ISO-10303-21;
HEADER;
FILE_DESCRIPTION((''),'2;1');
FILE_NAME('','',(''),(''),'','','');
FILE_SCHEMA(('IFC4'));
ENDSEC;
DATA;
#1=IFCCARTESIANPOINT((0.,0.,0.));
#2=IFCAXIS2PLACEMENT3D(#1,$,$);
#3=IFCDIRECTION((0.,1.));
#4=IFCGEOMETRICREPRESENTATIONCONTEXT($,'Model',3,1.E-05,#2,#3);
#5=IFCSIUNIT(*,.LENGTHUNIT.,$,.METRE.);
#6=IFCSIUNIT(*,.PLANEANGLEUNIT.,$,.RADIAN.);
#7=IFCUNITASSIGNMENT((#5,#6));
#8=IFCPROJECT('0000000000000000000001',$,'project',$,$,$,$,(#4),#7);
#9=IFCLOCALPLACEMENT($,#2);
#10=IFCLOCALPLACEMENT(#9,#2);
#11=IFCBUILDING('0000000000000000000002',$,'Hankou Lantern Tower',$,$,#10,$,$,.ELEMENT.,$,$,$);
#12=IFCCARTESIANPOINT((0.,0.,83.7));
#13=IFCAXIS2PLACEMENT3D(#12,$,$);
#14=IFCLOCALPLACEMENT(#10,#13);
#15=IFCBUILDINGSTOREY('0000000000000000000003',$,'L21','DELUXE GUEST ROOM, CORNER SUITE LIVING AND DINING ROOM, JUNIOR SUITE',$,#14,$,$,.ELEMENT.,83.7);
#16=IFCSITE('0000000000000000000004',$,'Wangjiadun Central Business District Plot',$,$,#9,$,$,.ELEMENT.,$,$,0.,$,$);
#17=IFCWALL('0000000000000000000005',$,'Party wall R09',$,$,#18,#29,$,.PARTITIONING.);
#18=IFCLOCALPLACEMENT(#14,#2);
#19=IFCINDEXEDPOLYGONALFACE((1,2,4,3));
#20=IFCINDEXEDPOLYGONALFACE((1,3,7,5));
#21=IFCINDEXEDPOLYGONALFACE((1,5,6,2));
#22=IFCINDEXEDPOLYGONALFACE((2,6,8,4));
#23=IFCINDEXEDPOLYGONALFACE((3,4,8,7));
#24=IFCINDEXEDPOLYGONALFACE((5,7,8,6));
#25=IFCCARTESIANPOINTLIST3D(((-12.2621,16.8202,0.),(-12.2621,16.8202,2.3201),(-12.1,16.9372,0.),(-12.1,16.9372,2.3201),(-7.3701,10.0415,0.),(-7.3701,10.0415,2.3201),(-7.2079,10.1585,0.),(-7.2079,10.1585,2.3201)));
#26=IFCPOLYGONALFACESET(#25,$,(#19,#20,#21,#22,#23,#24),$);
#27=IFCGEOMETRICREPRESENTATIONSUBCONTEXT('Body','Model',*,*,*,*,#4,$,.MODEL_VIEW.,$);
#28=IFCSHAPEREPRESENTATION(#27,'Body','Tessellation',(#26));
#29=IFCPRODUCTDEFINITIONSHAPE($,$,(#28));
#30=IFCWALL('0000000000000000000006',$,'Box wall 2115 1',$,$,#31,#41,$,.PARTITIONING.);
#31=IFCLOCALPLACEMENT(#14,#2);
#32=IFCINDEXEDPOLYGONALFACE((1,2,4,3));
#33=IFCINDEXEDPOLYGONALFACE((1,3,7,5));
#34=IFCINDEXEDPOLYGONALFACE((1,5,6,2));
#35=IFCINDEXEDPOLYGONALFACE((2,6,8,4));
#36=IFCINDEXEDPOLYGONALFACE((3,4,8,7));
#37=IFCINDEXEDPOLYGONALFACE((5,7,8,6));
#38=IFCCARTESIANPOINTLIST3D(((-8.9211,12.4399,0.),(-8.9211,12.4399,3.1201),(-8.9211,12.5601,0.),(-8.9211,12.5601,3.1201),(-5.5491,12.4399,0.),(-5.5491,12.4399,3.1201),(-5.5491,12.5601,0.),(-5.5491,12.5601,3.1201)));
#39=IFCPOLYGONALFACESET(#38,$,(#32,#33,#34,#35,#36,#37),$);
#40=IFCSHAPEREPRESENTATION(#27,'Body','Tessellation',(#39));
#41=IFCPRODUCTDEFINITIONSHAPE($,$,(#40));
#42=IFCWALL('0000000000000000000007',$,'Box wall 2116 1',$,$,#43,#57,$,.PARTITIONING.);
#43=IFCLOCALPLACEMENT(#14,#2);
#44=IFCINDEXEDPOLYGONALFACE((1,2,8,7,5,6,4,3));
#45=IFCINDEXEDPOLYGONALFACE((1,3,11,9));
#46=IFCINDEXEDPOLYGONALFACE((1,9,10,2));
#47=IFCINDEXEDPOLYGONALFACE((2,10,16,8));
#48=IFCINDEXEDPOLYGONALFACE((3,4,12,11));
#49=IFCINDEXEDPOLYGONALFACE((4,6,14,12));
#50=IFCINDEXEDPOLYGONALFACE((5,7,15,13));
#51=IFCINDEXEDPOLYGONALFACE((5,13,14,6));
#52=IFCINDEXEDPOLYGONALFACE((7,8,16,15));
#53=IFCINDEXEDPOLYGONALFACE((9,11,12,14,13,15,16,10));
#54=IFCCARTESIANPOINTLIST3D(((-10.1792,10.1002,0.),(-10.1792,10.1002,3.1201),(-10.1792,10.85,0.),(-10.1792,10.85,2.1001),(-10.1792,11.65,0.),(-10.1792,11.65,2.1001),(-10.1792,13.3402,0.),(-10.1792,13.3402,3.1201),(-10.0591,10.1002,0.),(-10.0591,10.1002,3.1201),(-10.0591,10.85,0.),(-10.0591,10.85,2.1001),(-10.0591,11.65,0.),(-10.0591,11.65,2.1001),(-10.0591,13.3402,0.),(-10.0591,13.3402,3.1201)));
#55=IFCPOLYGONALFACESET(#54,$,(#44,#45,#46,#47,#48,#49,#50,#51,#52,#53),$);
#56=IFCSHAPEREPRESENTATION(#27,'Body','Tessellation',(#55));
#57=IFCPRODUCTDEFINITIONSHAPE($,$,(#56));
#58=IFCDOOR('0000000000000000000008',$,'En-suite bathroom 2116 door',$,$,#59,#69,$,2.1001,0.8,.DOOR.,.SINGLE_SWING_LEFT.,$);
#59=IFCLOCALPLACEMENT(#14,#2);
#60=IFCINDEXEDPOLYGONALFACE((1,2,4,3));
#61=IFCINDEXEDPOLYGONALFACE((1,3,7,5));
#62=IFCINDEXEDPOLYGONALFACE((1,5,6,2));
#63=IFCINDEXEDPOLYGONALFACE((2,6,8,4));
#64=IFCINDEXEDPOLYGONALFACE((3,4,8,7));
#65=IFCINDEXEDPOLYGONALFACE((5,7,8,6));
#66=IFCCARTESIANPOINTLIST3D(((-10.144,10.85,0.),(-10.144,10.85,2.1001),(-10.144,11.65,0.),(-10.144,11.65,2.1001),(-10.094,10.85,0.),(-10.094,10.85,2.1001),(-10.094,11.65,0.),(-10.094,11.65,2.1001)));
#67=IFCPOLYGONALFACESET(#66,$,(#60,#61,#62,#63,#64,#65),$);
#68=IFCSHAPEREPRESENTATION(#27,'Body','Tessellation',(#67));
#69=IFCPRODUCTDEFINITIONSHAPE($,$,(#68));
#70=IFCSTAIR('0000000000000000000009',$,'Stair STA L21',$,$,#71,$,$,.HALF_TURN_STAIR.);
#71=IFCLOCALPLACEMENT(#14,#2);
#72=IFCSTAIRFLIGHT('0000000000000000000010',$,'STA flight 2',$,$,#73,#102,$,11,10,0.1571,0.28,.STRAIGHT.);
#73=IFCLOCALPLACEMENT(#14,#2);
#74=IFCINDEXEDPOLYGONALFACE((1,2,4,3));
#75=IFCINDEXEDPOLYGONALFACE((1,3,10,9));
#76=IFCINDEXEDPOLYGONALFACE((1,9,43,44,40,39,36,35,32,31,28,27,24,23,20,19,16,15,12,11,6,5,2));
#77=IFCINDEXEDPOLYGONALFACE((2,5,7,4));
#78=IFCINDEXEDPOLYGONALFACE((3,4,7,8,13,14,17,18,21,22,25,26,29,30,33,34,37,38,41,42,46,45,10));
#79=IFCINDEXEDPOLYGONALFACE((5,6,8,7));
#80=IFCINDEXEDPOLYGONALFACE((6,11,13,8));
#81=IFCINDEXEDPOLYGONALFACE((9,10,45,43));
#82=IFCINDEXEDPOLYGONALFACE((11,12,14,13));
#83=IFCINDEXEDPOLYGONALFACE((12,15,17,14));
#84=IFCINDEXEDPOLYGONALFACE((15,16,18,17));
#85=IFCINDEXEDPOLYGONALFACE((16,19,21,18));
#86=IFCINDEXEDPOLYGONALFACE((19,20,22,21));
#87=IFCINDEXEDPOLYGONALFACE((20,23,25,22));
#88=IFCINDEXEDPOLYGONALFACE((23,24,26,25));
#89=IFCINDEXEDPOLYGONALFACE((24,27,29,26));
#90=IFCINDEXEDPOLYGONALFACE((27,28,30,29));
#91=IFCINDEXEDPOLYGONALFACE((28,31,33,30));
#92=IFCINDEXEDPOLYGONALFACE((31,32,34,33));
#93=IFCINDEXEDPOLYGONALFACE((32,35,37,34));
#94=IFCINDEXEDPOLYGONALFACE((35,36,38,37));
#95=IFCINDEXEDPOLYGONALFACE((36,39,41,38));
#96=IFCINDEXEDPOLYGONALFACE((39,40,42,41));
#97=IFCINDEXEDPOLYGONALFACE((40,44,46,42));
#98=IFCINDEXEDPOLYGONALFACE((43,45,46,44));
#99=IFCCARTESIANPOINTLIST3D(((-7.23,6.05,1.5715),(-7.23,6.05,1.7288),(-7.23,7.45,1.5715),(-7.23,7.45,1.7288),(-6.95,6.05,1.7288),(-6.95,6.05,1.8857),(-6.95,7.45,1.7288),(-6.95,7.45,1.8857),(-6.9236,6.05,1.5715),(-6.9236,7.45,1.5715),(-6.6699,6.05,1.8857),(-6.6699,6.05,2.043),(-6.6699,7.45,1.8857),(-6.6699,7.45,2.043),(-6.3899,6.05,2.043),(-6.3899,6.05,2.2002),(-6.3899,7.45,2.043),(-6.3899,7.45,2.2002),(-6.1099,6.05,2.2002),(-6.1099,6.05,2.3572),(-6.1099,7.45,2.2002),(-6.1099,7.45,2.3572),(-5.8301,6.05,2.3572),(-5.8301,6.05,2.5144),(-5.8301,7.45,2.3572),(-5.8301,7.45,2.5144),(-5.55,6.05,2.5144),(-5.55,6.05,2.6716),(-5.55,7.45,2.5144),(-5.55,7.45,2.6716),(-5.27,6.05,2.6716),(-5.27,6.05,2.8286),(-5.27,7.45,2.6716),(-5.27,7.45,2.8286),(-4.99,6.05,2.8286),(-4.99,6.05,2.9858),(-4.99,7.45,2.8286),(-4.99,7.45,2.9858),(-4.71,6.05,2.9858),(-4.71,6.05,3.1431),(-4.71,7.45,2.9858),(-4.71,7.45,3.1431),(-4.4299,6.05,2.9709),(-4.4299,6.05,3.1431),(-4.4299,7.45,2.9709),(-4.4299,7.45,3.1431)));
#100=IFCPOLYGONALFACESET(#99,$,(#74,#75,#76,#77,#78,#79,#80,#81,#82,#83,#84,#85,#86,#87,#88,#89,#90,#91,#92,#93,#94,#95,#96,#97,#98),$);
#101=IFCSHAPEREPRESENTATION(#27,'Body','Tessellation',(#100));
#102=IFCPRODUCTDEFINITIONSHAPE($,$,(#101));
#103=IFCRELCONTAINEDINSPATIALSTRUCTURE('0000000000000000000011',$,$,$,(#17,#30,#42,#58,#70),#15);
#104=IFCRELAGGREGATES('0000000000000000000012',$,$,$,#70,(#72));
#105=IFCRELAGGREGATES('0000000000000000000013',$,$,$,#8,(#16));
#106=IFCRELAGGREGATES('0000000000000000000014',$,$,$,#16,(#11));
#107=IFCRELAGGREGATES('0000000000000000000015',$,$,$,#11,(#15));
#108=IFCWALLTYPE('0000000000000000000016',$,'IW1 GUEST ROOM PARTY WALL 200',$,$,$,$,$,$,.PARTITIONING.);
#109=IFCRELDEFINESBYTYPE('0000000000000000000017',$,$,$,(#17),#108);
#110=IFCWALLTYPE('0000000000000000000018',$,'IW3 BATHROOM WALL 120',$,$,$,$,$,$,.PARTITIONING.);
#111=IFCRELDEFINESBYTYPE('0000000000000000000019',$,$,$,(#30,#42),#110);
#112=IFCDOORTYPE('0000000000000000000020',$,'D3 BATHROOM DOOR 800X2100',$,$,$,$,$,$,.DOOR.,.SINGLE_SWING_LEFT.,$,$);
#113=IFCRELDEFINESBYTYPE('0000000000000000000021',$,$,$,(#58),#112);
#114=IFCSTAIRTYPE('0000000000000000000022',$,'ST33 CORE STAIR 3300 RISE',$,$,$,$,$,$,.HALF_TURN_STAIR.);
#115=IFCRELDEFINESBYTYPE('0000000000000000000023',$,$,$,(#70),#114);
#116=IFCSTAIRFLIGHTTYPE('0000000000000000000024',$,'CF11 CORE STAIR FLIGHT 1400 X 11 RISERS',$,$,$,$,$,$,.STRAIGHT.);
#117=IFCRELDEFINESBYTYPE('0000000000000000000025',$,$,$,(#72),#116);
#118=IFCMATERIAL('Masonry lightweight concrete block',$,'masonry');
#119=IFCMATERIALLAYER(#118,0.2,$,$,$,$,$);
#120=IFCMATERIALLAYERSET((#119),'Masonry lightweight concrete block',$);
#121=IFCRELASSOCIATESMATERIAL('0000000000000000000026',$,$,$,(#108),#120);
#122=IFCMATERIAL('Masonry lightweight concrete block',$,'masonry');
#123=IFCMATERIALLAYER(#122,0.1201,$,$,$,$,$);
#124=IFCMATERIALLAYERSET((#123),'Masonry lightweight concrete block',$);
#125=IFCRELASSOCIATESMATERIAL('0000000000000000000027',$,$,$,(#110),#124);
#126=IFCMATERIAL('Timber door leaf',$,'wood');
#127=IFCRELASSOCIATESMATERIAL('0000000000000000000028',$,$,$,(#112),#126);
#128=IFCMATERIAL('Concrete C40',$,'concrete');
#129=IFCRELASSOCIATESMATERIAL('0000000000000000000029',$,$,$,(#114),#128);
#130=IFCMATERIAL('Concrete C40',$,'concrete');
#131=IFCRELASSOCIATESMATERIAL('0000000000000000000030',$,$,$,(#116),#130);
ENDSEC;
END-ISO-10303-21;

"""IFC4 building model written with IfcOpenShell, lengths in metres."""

from ifc_helpers import new_model, si_unit, direction, frame, frame_2d, origin, place, context, subcontext, project, spatial, polyline, rectangle, outline, extrude, material, layer, layer_set, type_object, element, fill, aggregate, save


model = new_model("IFC4")

# Units and contexts
model_context = context("Model", 3, precision=1e-05, world=origin(), true_north=direction((0.0, 1.0)))
body_context = subcontext(model_context, "Body", "Model", "MODEL_VIEW")
ifc_project = project(units=[si_unit("LENGTHUNIT", "METRE"), si_unit("PLANEANGLEUNIT", "RADIAN")], contexts=[model_context])

# Site, building, storey
site_placement = place(None, origin())
site = spatial("IfcSite", under=ifc_project, at=site_placement, Name="Wangjiadun Central Business District Plot", CompositionType="ELEMENT", RefElevation=0.0)
building_placement = place(site_placement, origin())
building = spatial("IfcBuilding", under=site, at=building_placement, Name="Hankou Lantern Tower", CompositionType="ELEMENT")
storey_placement = place(building_placement, frame((0.0, 0.0, 83.7)))
storey = spatial("IfcBuildingStorey", under=building, at=storey_placement, Name="L21", Description="DELUXE GUEST ROOM, CORNER SUITE LIVING AND DINING ROOM, JUNIOR SUITE", CompositionType="ELEMENT", Elevation=83.7)

# Walls
ifc_material_1 = material(Name="Masonry lightweight concrete block", Category="masonry")
ifc_layer_1 = layer(ifc_material_1, 0.2)
ifc_layer_set_1 = layer_set([ifc_layer_1], Name="Masonry lightweight concrete block")
wall_type_1 = type_object("IfcWallType", Name="IW1 GUEST ROOM PARTY WALL 200", PredefinedType="PARTITIONING", material=ifc_layer_set_1)
wall_1_placement = place(storey_placement, frame((-7.2891, 10.1001, 0.0), z_axis=(0.0, 0.0, 1.0), x_axis=(-0.585198, 0.81089, 0.0)))
element("IfcWall", 1, at=wall_1_placement, inside=storey, type_object=wall_type_1, Name="Party wall R09", PredefinedType="PARTITIONING", context=body_context, shape_type="SweptSolid", body=[
    extrude(rectangle(XDim=8.3596, YDim=0.2, at=frame_2d((4.1797, 0.0))), origin(), (0.0, 0.0, 1.0), 2.3201),
])
ifc_material_2 = material(Name="Masonry lightweight concrete block", Category="masonry")
ifc_layer_2 = layer(ifc_material_2, 0.1201)
ifc_layer_set_2 = layer_set([ifc_layer_2], Name="Masonry lightweight concrete block")
wall_type_2 = type_object("IfcWallType", Name="IW3 BATHROOM WALL 120", PredefinedType="PARTITIONING", material=ifc_layer_set_2)
wall_2_placement = place(storey_placement, frame((-8.9211, 12.5, 0.0), z_axis=(0.0, 0.0, 1.0), x_axis=(1.0, 0.0, 0.0)))
element("IfcWall", 2, at=wall_2_placement, inside=storey, type_object=wall_type_2, Name="Box wall 2115 1", PredefinedType="PARTITIONING", context=body_context, shape_type="SweptSolid", body=[
    extrude(rectangle(XDim=3.3721, YDim=0.1201, at=frame_2d((1.686, 0.0))), origin(), (0.0, 0.0, 1.0), 3.1201),
])

# Wall, opening, door
wall_3_placement = place(storey_placement, frame((-10.1191, 10.1001, 0.0), z_axis=(0.0, 0.0, 1.0), x_axis=(0.0, 1.0, 0.0)))
wall_3 = element("IfcWall", 3, at=wall_3_placement, inside=storey, type_object=wall_type_2, Name="Box wall 2116 1", PredefinedType="PARTITIONING", context=body_context, shape_type="SweptSolid", body=[
    extrude(rectangle(XDim=3.24, YDim=0.1201, at=frame_2d((1.6201, 0.0))), origin(), (0.0, 0.0, 1.0), 3.1201),
])
opening_1_placement = place(wall_3_placement, frame((0.75, 0.0, 0.0)))
opening_1 = element("IfcOpeningElement", 4, at=opening_1_placement, cuts=wall_3, PredefinedType="OPENING", context=body_context, shape_type="SweptSolid", body=[
    extrude(rectangle(XDim=0.8, YDim=2.1001, at=frame_2d((0.3999, 1.05))), frame((0.0, 0.0701, 0.0), z_axis=(0.0, -1.0, 0.0), x_axis=(1.0, 0.0, 0.0)), (0.0, 0.0, 1.0), 0.1401),
])
ifc_material_3 = material(Name="Timber door leaf", Category="wood")
door_type_1 = type_object("IfcDoorType", Name="D3 BATHROOM DOOR 800X2100", OperationType="SINGLE_SWING_LEFT", PredefinedType="DOOR", material=ifc_material_3)
door_1_placement = place(opening_1_placement, origin())
door_1 = element("IfcDoor", 5, at=door_1_placement, inside=storey, type_object=door_type_1, Name="En-suite bathroom 2116 door", OperationType="SINGLE_SWING_LEFT", OverallHeight=2.1001, OverallWidth=0.8, PredefinedType="DOOR", context=body_context, shape_type="SweptSolid", body=[
    extrude(rectangle(XDim=0.8, YDim=2.1001, at=frame_2d((0.3999, 1.05))), frame((0.0, 0.0249, 0.0), z_axis=(0.0, -1.0, 0.0), x_axis=(1.0, 0.0, 0.0)), (0.0, 0.0, 1.0), 0.05),
])
fill(opening_1, door_1)

# Stair, stair flight
ifc_material_4 = material(Name="Concrete C40", Category="concrete")
stair_type = type_object("IfcStairType", Name="ST33 CORE STAIR 3300 RISE", PredefinedType="HALF_TURN_STAIR", material=ifc_material_4)
stair_placement = place(storey_placement, origin())
stair = element("IfcStair", 6, at=stair_placement, inside=storey, type_object=stair_type, Name="Stair STA L21", PredefinedType="HALF_TURN_STAIR")
ifc_material_5 = material(Name="Concrete C40", Category="concrete")
stair_flight_type = type_object("IfcStairFlightType", Name="CF11 CORE STAIR FLIGHT 1400 X 11 RISERS", PredefinedType="STRAIGHT", material=ifc_material_5)
stair_flight_placement = place(storey_placement, frame((-7.23, 6.75, 1.5715), z_axis=(0.0, 0.0, 1.0), x_axis=(1.0, 0.0, 0.0)))
stair_flight = element("IfcStairFlight", 7, at=stair_flight_placement, type_object=stair_flight_type, Name="STA flight 2", NumberOfRisers=11, NumberOfTreads=10, PredefinedType="STRAIGHT", RiserHeight=0.1571, TreadLength=0.28, context=body_context, shape_type="SweptSolid", body=[
    extrude(outline(polyline([(0.0, 0.0), (0.0, 0.1572), (0.28, 0.1572), (0.28, 0.3142), (0.5601, 0.3142), (0.5601, 0.4714), (0.8401, 0.4714), (0.8401, 0.6287), (1.1201, 0.6287), (1.1201, 0.7856), (1.3999, 0.7856), (1.3999, 0.9429), (1.6799, 0.9429), (1.6799, 1.1001), (1.96, 1.1001), (1.96, 1.2571), (2.24, 1.2571), (2.24, 1.4143), (2.52, 1.4143), (2.52, 1.5715), (2.8, 1.5715), (2.8, 1.7285), (2.8, 1.3994), (0.3064, 0.0), (0.0, 0.0)])), frame((0.0, 0.7, 0.0), z_axis=(0.0, -1.0, 0.0), x_axis=(1.0, 0.0, 0.0)), (0.0, 0.0, 1.0), 1.3999),
])
aggregate(stair, [stair_flight])

save(model, "model.ifc")
